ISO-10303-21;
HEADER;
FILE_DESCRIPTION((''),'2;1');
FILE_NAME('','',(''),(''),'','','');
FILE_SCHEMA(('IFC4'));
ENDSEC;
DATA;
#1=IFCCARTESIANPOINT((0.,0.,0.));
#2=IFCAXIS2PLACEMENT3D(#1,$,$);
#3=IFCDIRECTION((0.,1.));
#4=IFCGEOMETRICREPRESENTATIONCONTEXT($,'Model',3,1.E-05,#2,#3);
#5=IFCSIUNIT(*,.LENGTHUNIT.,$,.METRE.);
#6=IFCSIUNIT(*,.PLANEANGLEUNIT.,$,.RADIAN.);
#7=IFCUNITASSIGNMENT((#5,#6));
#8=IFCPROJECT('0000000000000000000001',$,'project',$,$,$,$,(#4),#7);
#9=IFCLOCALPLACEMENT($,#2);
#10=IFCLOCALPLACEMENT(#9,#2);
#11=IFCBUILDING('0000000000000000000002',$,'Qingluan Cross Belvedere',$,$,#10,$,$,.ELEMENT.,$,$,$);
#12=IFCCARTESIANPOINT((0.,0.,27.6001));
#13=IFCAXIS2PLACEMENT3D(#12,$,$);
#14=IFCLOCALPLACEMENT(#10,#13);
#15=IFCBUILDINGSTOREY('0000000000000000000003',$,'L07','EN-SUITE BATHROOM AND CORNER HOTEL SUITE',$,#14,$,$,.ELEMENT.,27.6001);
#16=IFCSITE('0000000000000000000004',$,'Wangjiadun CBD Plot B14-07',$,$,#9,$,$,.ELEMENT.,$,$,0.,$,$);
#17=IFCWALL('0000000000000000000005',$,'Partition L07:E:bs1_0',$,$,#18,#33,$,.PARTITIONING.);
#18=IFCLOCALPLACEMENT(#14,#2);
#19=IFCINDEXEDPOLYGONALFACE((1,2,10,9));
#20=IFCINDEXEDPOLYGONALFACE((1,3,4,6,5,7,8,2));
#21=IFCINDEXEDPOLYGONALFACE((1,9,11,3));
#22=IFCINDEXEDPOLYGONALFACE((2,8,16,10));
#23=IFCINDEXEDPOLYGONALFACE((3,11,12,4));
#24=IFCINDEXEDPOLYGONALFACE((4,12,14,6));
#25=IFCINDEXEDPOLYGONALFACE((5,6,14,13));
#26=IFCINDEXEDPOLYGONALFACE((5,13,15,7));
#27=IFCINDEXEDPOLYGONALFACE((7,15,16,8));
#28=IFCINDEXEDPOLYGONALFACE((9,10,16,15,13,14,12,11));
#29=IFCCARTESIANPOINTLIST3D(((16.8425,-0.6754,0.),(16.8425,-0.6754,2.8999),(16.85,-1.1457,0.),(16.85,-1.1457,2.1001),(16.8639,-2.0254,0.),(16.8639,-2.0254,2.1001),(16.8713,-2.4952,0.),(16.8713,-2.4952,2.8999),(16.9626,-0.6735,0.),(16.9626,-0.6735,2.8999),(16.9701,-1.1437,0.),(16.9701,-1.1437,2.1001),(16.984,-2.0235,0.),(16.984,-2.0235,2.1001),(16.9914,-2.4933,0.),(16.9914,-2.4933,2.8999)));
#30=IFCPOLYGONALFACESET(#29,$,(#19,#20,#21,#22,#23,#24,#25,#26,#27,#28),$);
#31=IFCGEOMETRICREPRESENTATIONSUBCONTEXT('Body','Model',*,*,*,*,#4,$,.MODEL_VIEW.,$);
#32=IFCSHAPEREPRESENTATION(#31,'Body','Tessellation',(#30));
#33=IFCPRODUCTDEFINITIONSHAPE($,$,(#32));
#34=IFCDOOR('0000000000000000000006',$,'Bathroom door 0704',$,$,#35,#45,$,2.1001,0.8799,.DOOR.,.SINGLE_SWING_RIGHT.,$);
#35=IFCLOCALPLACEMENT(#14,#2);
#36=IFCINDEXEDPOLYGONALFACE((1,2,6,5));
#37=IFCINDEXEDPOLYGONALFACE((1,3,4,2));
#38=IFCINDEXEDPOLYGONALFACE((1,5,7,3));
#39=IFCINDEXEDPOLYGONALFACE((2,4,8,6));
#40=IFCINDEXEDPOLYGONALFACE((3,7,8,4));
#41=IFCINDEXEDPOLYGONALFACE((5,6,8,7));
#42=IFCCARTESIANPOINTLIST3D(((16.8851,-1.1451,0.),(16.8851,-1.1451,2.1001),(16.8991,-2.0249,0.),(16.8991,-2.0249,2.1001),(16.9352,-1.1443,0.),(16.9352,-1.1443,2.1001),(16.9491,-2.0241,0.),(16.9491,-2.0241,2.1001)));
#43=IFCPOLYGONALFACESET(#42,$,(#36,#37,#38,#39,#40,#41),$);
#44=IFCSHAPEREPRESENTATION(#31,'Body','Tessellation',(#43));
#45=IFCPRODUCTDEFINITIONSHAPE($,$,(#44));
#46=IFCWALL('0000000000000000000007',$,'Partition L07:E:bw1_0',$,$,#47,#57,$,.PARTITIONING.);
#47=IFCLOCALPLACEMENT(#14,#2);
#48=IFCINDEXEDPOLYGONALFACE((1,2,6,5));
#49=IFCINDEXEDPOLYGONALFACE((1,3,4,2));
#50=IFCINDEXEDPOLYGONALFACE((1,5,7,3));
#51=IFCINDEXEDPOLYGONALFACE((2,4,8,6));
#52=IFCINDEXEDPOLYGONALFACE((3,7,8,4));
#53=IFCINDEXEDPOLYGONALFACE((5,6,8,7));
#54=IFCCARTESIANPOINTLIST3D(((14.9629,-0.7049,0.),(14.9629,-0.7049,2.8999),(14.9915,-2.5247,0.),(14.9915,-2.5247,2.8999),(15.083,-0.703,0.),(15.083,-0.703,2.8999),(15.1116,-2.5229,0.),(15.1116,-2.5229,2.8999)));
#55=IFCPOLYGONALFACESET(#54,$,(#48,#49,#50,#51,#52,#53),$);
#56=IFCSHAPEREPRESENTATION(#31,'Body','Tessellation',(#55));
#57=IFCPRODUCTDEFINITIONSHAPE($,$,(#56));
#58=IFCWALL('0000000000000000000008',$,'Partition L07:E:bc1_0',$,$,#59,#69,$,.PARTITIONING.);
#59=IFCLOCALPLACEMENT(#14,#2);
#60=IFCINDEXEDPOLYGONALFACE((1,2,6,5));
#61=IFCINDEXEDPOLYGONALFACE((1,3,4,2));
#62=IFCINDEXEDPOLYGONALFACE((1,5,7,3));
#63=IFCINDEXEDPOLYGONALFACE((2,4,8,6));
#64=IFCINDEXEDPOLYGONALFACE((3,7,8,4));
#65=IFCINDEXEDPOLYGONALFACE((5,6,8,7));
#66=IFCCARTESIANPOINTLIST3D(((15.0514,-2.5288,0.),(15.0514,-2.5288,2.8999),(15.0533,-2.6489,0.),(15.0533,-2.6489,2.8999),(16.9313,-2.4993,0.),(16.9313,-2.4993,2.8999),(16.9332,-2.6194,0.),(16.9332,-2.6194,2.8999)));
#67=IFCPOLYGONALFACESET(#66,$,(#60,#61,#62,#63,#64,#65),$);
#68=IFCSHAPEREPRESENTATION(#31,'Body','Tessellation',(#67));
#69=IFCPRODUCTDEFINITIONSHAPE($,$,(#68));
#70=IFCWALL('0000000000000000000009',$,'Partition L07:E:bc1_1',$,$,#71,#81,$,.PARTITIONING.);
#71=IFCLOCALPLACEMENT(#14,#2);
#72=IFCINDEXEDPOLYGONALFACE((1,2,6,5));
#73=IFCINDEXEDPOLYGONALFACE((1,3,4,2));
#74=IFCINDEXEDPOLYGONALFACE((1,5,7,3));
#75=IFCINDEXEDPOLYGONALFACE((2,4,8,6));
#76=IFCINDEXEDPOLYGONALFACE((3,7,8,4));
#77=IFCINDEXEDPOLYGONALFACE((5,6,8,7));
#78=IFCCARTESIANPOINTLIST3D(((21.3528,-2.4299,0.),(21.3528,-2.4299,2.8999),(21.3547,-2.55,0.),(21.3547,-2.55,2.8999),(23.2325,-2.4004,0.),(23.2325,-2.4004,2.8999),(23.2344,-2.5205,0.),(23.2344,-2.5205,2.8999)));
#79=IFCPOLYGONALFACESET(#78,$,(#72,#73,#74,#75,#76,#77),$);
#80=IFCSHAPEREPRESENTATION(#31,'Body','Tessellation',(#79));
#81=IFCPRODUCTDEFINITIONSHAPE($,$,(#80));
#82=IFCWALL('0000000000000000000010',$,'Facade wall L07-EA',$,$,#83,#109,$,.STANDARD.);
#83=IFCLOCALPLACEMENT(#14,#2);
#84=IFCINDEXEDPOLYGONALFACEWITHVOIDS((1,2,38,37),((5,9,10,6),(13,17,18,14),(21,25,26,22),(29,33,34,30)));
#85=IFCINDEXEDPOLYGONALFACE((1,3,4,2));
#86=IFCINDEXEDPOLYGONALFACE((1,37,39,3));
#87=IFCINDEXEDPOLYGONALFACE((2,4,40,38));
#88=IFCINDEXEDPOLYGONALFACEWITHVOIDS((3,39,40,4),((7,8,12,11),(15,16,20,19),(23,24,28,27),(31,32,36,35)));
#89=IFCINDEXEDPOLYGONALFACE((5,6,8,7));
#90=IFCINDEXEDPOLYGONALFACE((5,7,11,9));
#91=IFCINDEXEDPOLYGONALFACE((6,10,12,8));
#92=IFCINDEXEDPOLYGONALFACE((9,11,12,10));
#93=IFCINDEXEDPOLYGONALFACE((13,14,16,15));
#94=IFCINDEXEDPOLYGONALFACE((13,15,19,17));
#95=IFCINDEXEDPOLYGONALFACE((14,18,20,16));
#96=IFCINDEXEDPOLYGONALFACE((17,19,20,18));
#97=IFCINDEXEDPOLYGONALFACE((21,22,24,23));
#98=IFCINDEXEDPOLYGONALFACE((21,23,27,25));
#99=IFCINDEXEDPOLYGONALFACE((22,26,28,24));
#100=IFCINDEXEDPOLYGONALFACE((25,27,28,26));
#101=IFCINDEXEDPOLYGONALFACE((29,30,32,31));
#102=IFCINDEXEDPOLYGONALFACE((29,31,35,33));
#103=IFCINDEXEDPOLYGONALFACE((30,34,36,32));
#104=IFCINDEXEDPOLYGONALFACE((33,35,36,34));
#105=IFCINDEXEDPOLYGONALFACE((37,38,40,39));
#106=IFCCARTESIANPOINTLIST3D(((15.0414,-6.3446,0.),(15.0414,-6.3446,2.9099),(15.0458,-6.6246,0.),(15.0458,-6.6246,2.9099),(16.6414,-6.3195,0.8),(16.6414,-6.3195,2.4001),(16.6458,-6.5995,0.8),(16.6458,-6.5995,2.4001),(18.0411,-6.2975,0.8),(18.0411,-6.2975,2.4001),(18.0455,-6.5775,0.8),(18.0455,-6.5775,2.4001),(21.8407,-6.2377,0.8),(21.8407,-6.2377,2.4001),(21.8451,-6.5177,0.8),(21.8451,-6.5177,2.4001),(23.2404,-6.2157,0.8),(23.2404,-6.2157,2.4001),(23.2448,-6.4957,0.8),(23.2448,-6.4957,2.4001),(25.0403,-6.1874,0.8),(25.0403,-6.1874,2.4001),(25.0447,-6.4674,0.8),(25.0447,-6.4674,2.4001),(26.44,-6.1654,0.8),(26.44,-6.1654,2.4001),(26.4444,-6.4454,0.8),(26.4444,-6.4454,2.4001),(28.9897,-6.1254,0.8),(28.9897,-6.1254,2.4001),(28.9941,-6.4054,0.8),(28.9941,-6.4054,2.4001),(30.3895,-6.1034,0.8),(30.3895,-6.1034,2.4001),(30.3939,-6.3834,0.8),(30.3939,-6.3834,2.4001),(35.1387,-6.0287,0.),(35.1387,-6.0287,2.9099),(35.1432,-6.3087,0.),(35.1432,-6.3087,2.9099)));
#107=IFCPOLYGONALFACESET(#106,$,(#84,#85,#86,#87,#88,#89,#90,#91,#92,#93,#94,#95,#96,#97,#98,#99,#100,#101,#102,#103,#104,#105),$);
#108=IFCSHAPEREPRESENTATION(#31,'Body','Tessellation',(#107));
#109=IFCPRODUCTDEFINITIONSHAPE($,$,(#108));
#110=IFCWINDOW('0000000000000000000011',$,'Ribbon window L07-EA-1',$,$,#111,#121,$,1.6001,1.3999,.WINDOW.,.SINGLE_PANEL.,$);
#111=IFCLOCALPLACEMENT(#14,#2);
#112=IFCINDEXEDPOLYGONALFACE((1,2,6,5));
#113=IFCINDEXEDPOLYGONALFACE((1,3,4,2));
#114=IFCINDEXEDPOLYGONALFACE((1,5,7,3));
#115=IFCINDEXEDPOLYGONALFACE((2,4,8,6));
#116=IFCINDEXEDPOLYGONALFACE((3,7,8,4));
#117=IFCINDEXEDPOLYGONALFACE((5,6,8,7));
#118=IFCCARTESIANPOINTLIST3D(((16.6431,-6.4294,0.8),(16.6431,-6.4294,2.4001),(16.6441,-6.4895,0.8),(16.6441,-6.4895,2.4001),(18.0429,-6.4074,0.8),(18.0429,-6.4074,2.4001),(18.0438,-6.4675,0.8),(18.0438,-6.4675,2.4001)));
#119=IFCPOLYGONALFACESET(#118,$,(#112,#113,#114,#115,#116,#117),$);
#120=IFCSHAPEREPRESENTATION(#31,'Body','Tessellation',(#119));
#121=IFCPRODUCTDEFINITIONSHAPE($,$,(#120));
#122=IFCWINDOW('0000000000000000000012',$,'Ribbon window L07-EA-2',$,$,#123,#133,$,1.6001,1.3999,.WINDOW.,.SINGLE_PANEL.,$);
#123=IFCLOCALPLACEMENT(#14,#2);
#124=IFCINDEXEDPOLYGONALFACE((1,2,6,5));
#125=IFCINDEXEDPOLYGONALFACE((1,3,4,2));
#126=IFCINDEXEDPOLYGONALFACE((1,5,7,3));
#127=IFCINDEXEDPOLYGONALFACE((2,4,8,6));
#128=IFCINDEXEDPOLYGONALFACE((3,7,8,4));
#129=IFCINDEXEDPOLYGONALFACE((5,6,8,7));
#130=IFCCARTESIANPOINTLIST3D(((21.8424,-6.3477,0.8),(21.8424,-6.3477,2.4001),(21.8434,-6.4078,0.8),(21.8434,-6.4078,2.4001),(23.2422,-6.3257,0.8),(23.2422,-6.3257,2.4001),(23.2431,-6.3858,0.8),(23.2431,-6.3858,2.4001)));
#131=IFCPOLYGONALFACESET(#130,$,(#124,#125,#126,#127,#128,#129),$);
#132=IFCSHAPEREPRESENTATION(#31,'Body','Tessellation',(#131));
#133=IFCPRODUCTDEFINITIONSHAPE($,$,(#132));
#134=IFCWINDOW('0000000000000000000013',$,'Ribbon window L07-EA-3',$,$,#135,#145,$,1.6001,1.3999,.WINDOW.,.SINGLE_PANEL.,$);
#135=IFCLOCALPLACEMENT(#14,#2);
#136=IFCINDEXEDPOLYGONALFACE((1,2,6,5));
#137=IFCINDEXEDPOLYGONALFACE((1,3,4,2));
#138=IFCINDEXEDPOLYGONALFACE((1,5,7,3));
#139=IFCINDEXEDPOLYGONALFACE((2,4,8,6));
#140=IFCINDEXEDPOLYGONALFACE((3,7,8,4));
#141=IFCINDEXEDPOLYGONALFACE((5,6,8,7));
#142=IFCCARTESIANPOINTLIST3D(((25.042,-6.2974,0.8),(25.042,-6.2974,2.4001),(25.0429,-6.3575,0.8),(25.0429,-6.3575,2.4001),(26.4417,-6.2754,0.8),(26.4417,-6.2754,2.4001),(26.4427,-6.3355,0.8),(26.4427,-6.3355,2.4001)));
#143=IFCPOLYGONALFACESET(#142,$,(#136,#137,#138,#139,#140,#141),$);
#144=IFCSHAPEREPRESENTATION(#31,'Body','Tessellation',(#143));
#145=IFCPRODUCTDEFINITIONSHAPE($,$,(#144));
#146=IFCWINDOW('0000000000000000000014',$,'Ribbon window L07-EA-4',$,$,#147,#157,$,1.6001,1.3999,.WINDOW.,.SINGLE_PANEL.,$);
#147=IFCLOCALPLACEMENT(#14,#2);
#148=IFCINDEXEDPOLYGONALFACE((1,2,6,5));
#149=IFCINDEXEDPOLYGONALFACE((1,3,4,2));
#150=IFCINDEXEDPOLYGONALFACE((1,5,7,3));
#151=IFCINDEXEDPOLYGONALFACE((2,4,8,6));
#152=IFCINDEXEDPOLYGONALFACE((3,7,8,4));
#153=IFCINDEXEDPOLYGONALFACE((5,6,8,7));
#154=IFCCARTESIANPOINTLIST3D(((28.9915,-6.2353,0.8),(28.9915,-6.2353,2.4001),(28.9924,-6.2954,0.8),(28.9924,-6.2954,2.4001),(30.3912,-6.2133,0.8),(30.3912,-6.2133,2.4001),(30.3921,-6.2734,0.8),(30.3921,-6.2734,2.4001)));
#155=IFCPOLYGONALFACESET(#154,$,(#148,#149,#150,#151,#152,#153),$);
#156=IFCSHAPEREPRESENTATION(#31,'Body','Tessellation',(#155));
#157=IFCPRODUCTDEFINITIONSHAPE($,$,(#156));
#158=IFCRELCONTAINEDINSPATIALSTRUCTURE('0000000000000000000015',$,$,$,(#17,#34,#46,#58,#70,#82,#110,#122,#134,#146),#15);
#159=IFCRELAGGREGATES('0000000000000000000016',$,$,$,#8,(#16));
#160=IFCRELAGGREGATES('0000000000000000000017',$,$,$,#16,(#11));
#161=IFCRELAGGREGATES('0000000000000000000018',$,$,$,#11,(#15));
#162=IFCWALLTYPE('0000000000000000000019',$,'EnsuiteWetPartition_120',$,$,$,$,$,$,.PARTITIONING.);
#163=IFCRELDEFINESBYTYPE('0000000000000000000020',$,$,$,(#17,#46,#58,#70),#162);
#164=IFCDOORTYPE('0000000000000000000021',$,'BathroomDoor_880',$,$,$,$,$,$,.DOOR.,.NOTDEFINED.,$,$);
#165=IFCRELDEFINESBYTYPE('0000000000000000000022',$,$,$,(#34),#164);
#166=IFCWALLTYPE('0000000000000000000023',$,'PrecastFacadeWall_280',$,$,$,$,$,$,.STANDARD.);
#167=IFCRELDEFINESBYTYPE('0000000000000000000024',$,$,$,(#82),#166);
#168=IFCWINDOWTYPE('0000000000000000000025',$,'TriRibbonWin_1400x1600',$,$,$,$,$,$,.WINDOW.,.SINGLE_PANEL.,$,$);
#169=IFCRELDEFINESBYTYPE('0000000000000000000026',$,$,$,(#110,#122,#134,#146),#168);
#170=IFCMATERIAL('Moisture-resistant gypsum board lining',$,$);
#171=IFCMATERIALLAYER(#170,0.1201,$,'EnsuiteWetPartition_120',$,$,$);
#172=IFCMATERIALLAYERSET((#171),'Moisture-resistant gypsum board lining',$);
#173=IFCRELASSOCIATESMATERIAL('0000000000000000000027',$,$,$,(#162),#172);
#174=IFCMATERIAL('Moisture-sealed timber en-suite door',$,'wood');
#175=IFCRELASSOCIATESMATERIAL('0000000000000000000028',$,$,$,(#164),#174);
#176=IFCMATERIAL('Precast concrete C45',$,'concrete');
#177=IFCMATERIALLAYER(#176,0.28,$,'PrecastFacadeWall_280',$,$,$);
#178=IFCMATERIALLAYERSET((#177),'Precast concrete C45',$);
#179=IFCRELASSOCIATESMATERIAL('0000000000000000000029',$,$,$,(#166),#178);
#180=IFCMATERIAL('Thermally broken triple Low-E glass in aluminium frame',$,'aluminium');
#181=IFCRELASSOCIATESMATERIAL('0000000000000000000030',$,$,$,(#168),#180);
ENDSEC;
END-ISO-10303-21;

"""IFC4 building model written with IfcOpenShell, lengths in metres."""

from ifc_helpers import new_model, si_unit, direction, frame, frame_2d, origin, place, context, subcontext, project, spatial, rectangle, extrude, material, layer, layer_set, type_object, element, fill, save


model = new_model("IFC4")

# Units and contexts
model_context = context("Model", 3, precision=1e-05, world=origin(), true_north=direction((0.0, 1.0)))
body_context = subcontext(model_context, "Body", "Model", "MODEL_VIEW")
ifc_project = project(units=[si_unit("LENGTHUNIT", "METRE"), si_unit("PLANEANGLEUNIT", "RADIAN")], contexts=[model_context])

# Site, building, storey
site_placement = place(None, origin())
site = spatial("IfcSite", under=ifc_project, at=site_placement, Name="Wangjiadun CBD Plot B14-07", CompositionType="ELEMENT", RefElevation=0.0)
building_placement = place(site_placement, origin())
building = spatial("IfcBuilding", under=site, at=building_placement, Name="Qingluan Cross Belvedere", CompositionType="ELEMENT")
storey_placement = place(building_placement, frame((0.0, 0.0, 27.6001)))
storey = spatial("IfcBuildingStorey", under=building, at=storey_placement, Name="L07", Description="EN-SUITE BATHROOM AND CORNER HOTEL SUITE", CompositionType="ELEMENT", Elevation=27.6001)

# Wall, opening, door
ifc_material_1 = material(Name="Moisture-resistant gypsum board lining")
ifc_layer_1 = layer(ifc_material_1, 0.1201, Name="EnsuiteWetPartition_120")
ifc_layer_set_1 = layer_set([ifc_layer_1], Name="Moisture-resistant gypsum board lining")
wall_type_1 = type_object("IfcWallType", Name="EnsuiteWetPartition_120", PredefinedType="PARTITIONING", material=ifc_layer_set_1)
wall_1_placement = place(storey_placement, frame((16.9314, -2.4944, 0.0), z_axis=(0.0, 0.0, 1.0), x_axis=(-0.015828, 0.999875, 0.0)))
wall_1 = element("IfcWall", 1, at=wall_1_placement, inside=storey, type_object=wall_type_1, Name="Partition L07:E:bs1_0", PredefinedType="PARTITIONING", context=body_context, shape_type="SweptSolid", body=[
    extrude(rectangle(XDim=1.8201, YDim=0.1201, at=frame_2d((0.9102, 0.0))), origin(), (0.0, 0.0, 1.0), 2.8999),
])
opening_1_placement = place(wall_1_placement, frame((0.47, 0.0, 0.0)))
opening_1 = element("IfcOpeningElement", 2, at=opening_1_placement, cuts=wall_1, PredefinedType="OPENING", context=body_context, shape_type="SweptSolid", body=[
    extrude(rectangle(XDim=0.8799, YDim=2.1001, at=frame_2d((0.4399, 1.05))), frame((0.0, 0.0701, 0.0), z_axis=(0.0, -1.0, 0.0), x_axis=(1.0, 0.0, 0.0)), (0.0, 0.0, 1.0), 0.1401),
])
ifc_material_2 = material(Name="Moisture-sealed timber en-suite door", Category="wood")
door_type = type_object("IfcDoorType", Name="BathroomDoor_880", OperationType="NOTDEFINED", PredefinedType="DOOR", material=ifc_material_2)
door_placement = place(opening_1_placement, origin())
door = element("IfcDoor", 3, at=door_placement, inside=storey, type_object=door_type, Name="Bathroom door 0704", OperationType="SINGLE_SWING_RIGHT", OverallHeight=2.1001, OverallWidth=0.8799, PredefinedType="DOOR", context=body_context, shape_type="SweptSolid", body=[
    extrude(rectangle(XDim=0.8799, YDim=2.1001, at=frame_2d((0.4399, 1.05))), frame((0.0, 0.0249, 0.0), z_axis=(0.0, -1.0, 0.0), x_axis=(1.0, 0.0, 0.0)), (0.0, 0.0, 1.0), 0.05),
])
fill(opening_1, door)

# Walls
wall_2_placement = place(storey_placement, frame((15.0515, -2.5239, 0.0), z_axis=(0.0, 0.0, 1.0), x_axis=(-0.015694, 0.999877, 0.0)))
element("IfcWall", 4, at=wall_2_placement, inside=storey, type_object=wall_type_1, Name="Partition L07:E:bw1_0", PredefinedType="PARTITIONING", context=body_context, shape_type="SweptSolid", body=[
    extrude(rectangle(XDim=1.8201, YDim=0.1201, at=frame_2d((0.9102, 0.0))), origin(), (0.0, 0.0, 1.0), 2.8999),
])
wall_3_placement = place(storey_placement, frame((15.0525, -2.5889, 0.0), z_axis=(0.0, 0.0, 1.0), x_axis=(0.999877, 0.015712, 0.0)))
element("IfcWall", 5, at=wall_3_placement, inside=storey, type_object=wall_type_1, Name="Partition L07:E:bc1_0", PredefinedType="PARTITIONING", context=body_context, shape_type="SweptSolid", body=[
    extrude(rectangle(XDim=1.8801, YDim=0.1201, at=frame_2d((0.9399, 0.0))), origin(), (0.0, 0.0, 1.0), 2.8999),
])
wall_4_placement = place(storey_placement, frame((21.3538, -2.49, 0.0), z_axis=(0.0, 0.0, 1.0), x_axis=(0.999877, 0.015714, 0.0)))
element("IfcWall", 6, at=wall_4_placement, inside=storey, type_object=wall_type_1, Name="Partition L07:E:bc1_1", PredefinedType="PARTITIONING", context=body_context, shape_type="SweptSolid", body=[
    extrude(rectangle(XDim=1.8799, YDim=0.1201, at=frame_2d((0.9399, 0.0))), origin(), (0.0, 0.0, 1.0), 2.8999),
])

# Wall, openings, windows
ifc_material_3 = material(Name="Precast concrete C45", Category="concrete")
ifc_layer_2 = layer(ifc_material_3, 0.28, Name="PrecastFacadeWall_280")
ifc_layer_set_2 = layer_set([ifc_layer_2], Name="Precast concrete C45")
wall_type_2 = type_object("IfcWallType", Name="PrecastFacadeWall_280", PredefinedType="STANDARD", material=ifc_layer_set_2)
wall_5_placement = place(storey_placement, frame((15.0437, -6.4846, 0.0), z_axis=(0.0, 0.0, 1.0), x_axis=(0.999876, 0.015717, 0.0)))
wall_5 = element("IfcWall", 7, at=wall_5_placement, inside=storey, type_object=wall_type_2, Name="Facade wall L07-EA", PredefinedType="STANDARD", context=body_context, shape_type="SweptSolid", body=[
    extrude(rectangle(XDim=20.0999, YDim=0.28, at=frame_2d((10.0498, 0.0))), origin(), (0.0, 0.0, 1.0), 2.9099),
])
opening_2_placement = place(wall_5_placement, frame((1.6001, 0.0, 0.8)))
opening_2 = element("IfcOpeningElement", 8, at=opening_2_placement, cuts=wall_5, PredefinedType="OPENING", context=body_context, shape_type="SweptSolid", body=[
    extrude(rectangle(XDim=1.3999, YDim=1.6001, at=frame_2d((0.7, 0.8))), frame((0.0, 0.1499, 0.0), z_axis=(0.0, -1.0, 0.0), x_axis=(1.0, 0.0, 0.0)), (0.0, 0.0, 1.0), 0.3),
])
opening_3_placement = place(wall_5_placement, frame((6.8, 0.0, 0.8)))
opening_3 = element("IfcOpeningElement", 9, at=opening_3_placement, cuts=wall_5, PredefinedType="OPENING", context=body_context, shape_type="SweptSolid", body=[
    extrude(rectangle(XDim=1.3999, YDim=1.6001, at=frame_2d((0.7, 0.8))), frame((0.0, 0.1499, 0.0), z_axis=(0.0, -1.0, 0.0), x_axis=(1.0, 0.0, 0.0)), (0.0, 0.0, 1.0), 0.3),
])
opening_4_placement = place(wall_5_placement, frame((10.0, 0.0, 0.8)))
opening_4 = element("IfcOpeningElement", 10, at=opening_4_placement, cuts=wall_5, PredefinedType="OPENING", context=body_context, shape_type="SweptSolid", body=[
    extrude(rectangle(XDim=1.3999, YDim=1.6001, at=frame_2d((0.7, 0.8))), frame((0.0, 0.1499, 0.0), z_axis=(0.0, -1.0, 0.0), x_axis=(1.0, 0.0, 0.0)), (0.0, 0.0, 1.0), 0.3),
])
opening_5_placement = place(wall_5_placement, frame((13.95, 0.0, 0.8)))
opening_5 = element("IfcOpeningElement", 11, at=opening_5_placement, cuts=wall_5, PredefinedType="OPENING", context=body_context, shape_type="SweptSolid", body=[
    extrude(rectangle(XDim=1.3999, YDim=1.6001, at=frame_2d((0.7, 0.8))), frame((0.0, 0.1499, 0.0), z_axis=(0.0, -1.0, 0.0), x_axis=(1.0, 0.0, 0.0)), (0.0, 0.0, 1.0), 0.3),
])
ifc_material_4 = material(Name="Thermally broken triple Low-E glass in aluminium frame", Category="aluminium")
window_type_1 = type_object("IfcWindowType", Name="TriRibbonWin_1400x1600", PartitioningType="SINGLE_PANEL", PredefinedType="WINDOW", material=ifc_material_4)
window_1_placement = place(opening_2_placement, origin())
window_1 = element("IfcWindow", 12, at=window_1_placement, inside=storey, type_object=window_type_1, Name="Ribbon window L07-EA-1", OverallHeight=1.6001, OverallWidth=1.3999, PartitioningType="SINGLE_PANEL", PredefinedType="WINDOW", context=body_context, shape_type="SweptSolid", body=[
    extrude(rectangle(XDim=1.3999, YDim=1.6001, at=frame_2d((0.7, 0.8))), frame((0.0, 0.03, 0.0), z_axis=(0.0, -1.0, 0.0), x_axis=(1.0, 0.0, 0.0)), (0.0, 0.0, 1.0), 0.0601),
])
fill(opening_2, window_1)
window_2_placement = place(opening_3_placement, origin())
window_2 = element("IfcWindow", 13, at=window_2_placement, inside=storey, type_object=window_type_1, Name="Ribbon window L07-EA-2", OverallHeight=1.6001, OverallWidth=1.3999, PartitioningType="SINGLE_PANEL", PredefinedType="WINDOW", context=body_context, shape_type="SweptSolid", body=[
    extrude(rectangle(XDim=1.3999, YDim=1.6001, at=frame_2d((0.7, 0.8))), frame((0.0, 0.03, 0.0), z_axis=(0.0, -1.0, 0.0), x_axis=(1.0, 0.0, 0.0)), (0.0, 0.0, 1.0), 0.0601),
])
fill(opening_3, window_2)
window_3_placement = place(opening_4_placement, origin())
window_3 = element("IfcWindow", 14, at=window_3_placement, inside=storey, type_object=window_type_1, Name="Ribbon window L07-EA-3", OverallHeight=1.6001, OverallWidth=1.3999, PartitioningType="SINGLE_PANEL", PredefinedType="WINDOW", context=body_context, shape_type="SweptSolid", body=[
    extrude(rectangle(XDim=1.3999, YDim=1.6001, at=frame_2d((0.7, 0.8))), frame((0.0, 0.03, 0.0), z_axis=(0.0, -1.0, 0.0), x_axis=(1.0, 0.0, 0.0)), (0.0, 0.0, 1.0), 0.0601),
])
fill(opening_4, window_3)
window_4_placement = place(opening_5_placement, origin())
window_4 = element("IfcWindow", 15, at=window_4_placement, inside=storey, type_object=window_type_1, Name="Ribbon window L07-EA-4", OverallHeight=1.6001, OverallWidth=1.3999, PartitioningType="SINGLE_PANEL", PredefinedType="WINDOW", context=body_context, shape_type="SweptSolid", body=[
    extrude(rectangle(XDim=1.3999, YDim=1.6001, at=frame_2d((0.7, 0.8))), frame((0.0, 0.03, 0.0), z_axis=(0.0, -1.0, 0.0), x_axis=(1.0, 0.0, 0.0)), (0.0, 0.0, 1.0), 0.0601),
])
fill(opening_5, window_4)

save(model, "model.ifc")
